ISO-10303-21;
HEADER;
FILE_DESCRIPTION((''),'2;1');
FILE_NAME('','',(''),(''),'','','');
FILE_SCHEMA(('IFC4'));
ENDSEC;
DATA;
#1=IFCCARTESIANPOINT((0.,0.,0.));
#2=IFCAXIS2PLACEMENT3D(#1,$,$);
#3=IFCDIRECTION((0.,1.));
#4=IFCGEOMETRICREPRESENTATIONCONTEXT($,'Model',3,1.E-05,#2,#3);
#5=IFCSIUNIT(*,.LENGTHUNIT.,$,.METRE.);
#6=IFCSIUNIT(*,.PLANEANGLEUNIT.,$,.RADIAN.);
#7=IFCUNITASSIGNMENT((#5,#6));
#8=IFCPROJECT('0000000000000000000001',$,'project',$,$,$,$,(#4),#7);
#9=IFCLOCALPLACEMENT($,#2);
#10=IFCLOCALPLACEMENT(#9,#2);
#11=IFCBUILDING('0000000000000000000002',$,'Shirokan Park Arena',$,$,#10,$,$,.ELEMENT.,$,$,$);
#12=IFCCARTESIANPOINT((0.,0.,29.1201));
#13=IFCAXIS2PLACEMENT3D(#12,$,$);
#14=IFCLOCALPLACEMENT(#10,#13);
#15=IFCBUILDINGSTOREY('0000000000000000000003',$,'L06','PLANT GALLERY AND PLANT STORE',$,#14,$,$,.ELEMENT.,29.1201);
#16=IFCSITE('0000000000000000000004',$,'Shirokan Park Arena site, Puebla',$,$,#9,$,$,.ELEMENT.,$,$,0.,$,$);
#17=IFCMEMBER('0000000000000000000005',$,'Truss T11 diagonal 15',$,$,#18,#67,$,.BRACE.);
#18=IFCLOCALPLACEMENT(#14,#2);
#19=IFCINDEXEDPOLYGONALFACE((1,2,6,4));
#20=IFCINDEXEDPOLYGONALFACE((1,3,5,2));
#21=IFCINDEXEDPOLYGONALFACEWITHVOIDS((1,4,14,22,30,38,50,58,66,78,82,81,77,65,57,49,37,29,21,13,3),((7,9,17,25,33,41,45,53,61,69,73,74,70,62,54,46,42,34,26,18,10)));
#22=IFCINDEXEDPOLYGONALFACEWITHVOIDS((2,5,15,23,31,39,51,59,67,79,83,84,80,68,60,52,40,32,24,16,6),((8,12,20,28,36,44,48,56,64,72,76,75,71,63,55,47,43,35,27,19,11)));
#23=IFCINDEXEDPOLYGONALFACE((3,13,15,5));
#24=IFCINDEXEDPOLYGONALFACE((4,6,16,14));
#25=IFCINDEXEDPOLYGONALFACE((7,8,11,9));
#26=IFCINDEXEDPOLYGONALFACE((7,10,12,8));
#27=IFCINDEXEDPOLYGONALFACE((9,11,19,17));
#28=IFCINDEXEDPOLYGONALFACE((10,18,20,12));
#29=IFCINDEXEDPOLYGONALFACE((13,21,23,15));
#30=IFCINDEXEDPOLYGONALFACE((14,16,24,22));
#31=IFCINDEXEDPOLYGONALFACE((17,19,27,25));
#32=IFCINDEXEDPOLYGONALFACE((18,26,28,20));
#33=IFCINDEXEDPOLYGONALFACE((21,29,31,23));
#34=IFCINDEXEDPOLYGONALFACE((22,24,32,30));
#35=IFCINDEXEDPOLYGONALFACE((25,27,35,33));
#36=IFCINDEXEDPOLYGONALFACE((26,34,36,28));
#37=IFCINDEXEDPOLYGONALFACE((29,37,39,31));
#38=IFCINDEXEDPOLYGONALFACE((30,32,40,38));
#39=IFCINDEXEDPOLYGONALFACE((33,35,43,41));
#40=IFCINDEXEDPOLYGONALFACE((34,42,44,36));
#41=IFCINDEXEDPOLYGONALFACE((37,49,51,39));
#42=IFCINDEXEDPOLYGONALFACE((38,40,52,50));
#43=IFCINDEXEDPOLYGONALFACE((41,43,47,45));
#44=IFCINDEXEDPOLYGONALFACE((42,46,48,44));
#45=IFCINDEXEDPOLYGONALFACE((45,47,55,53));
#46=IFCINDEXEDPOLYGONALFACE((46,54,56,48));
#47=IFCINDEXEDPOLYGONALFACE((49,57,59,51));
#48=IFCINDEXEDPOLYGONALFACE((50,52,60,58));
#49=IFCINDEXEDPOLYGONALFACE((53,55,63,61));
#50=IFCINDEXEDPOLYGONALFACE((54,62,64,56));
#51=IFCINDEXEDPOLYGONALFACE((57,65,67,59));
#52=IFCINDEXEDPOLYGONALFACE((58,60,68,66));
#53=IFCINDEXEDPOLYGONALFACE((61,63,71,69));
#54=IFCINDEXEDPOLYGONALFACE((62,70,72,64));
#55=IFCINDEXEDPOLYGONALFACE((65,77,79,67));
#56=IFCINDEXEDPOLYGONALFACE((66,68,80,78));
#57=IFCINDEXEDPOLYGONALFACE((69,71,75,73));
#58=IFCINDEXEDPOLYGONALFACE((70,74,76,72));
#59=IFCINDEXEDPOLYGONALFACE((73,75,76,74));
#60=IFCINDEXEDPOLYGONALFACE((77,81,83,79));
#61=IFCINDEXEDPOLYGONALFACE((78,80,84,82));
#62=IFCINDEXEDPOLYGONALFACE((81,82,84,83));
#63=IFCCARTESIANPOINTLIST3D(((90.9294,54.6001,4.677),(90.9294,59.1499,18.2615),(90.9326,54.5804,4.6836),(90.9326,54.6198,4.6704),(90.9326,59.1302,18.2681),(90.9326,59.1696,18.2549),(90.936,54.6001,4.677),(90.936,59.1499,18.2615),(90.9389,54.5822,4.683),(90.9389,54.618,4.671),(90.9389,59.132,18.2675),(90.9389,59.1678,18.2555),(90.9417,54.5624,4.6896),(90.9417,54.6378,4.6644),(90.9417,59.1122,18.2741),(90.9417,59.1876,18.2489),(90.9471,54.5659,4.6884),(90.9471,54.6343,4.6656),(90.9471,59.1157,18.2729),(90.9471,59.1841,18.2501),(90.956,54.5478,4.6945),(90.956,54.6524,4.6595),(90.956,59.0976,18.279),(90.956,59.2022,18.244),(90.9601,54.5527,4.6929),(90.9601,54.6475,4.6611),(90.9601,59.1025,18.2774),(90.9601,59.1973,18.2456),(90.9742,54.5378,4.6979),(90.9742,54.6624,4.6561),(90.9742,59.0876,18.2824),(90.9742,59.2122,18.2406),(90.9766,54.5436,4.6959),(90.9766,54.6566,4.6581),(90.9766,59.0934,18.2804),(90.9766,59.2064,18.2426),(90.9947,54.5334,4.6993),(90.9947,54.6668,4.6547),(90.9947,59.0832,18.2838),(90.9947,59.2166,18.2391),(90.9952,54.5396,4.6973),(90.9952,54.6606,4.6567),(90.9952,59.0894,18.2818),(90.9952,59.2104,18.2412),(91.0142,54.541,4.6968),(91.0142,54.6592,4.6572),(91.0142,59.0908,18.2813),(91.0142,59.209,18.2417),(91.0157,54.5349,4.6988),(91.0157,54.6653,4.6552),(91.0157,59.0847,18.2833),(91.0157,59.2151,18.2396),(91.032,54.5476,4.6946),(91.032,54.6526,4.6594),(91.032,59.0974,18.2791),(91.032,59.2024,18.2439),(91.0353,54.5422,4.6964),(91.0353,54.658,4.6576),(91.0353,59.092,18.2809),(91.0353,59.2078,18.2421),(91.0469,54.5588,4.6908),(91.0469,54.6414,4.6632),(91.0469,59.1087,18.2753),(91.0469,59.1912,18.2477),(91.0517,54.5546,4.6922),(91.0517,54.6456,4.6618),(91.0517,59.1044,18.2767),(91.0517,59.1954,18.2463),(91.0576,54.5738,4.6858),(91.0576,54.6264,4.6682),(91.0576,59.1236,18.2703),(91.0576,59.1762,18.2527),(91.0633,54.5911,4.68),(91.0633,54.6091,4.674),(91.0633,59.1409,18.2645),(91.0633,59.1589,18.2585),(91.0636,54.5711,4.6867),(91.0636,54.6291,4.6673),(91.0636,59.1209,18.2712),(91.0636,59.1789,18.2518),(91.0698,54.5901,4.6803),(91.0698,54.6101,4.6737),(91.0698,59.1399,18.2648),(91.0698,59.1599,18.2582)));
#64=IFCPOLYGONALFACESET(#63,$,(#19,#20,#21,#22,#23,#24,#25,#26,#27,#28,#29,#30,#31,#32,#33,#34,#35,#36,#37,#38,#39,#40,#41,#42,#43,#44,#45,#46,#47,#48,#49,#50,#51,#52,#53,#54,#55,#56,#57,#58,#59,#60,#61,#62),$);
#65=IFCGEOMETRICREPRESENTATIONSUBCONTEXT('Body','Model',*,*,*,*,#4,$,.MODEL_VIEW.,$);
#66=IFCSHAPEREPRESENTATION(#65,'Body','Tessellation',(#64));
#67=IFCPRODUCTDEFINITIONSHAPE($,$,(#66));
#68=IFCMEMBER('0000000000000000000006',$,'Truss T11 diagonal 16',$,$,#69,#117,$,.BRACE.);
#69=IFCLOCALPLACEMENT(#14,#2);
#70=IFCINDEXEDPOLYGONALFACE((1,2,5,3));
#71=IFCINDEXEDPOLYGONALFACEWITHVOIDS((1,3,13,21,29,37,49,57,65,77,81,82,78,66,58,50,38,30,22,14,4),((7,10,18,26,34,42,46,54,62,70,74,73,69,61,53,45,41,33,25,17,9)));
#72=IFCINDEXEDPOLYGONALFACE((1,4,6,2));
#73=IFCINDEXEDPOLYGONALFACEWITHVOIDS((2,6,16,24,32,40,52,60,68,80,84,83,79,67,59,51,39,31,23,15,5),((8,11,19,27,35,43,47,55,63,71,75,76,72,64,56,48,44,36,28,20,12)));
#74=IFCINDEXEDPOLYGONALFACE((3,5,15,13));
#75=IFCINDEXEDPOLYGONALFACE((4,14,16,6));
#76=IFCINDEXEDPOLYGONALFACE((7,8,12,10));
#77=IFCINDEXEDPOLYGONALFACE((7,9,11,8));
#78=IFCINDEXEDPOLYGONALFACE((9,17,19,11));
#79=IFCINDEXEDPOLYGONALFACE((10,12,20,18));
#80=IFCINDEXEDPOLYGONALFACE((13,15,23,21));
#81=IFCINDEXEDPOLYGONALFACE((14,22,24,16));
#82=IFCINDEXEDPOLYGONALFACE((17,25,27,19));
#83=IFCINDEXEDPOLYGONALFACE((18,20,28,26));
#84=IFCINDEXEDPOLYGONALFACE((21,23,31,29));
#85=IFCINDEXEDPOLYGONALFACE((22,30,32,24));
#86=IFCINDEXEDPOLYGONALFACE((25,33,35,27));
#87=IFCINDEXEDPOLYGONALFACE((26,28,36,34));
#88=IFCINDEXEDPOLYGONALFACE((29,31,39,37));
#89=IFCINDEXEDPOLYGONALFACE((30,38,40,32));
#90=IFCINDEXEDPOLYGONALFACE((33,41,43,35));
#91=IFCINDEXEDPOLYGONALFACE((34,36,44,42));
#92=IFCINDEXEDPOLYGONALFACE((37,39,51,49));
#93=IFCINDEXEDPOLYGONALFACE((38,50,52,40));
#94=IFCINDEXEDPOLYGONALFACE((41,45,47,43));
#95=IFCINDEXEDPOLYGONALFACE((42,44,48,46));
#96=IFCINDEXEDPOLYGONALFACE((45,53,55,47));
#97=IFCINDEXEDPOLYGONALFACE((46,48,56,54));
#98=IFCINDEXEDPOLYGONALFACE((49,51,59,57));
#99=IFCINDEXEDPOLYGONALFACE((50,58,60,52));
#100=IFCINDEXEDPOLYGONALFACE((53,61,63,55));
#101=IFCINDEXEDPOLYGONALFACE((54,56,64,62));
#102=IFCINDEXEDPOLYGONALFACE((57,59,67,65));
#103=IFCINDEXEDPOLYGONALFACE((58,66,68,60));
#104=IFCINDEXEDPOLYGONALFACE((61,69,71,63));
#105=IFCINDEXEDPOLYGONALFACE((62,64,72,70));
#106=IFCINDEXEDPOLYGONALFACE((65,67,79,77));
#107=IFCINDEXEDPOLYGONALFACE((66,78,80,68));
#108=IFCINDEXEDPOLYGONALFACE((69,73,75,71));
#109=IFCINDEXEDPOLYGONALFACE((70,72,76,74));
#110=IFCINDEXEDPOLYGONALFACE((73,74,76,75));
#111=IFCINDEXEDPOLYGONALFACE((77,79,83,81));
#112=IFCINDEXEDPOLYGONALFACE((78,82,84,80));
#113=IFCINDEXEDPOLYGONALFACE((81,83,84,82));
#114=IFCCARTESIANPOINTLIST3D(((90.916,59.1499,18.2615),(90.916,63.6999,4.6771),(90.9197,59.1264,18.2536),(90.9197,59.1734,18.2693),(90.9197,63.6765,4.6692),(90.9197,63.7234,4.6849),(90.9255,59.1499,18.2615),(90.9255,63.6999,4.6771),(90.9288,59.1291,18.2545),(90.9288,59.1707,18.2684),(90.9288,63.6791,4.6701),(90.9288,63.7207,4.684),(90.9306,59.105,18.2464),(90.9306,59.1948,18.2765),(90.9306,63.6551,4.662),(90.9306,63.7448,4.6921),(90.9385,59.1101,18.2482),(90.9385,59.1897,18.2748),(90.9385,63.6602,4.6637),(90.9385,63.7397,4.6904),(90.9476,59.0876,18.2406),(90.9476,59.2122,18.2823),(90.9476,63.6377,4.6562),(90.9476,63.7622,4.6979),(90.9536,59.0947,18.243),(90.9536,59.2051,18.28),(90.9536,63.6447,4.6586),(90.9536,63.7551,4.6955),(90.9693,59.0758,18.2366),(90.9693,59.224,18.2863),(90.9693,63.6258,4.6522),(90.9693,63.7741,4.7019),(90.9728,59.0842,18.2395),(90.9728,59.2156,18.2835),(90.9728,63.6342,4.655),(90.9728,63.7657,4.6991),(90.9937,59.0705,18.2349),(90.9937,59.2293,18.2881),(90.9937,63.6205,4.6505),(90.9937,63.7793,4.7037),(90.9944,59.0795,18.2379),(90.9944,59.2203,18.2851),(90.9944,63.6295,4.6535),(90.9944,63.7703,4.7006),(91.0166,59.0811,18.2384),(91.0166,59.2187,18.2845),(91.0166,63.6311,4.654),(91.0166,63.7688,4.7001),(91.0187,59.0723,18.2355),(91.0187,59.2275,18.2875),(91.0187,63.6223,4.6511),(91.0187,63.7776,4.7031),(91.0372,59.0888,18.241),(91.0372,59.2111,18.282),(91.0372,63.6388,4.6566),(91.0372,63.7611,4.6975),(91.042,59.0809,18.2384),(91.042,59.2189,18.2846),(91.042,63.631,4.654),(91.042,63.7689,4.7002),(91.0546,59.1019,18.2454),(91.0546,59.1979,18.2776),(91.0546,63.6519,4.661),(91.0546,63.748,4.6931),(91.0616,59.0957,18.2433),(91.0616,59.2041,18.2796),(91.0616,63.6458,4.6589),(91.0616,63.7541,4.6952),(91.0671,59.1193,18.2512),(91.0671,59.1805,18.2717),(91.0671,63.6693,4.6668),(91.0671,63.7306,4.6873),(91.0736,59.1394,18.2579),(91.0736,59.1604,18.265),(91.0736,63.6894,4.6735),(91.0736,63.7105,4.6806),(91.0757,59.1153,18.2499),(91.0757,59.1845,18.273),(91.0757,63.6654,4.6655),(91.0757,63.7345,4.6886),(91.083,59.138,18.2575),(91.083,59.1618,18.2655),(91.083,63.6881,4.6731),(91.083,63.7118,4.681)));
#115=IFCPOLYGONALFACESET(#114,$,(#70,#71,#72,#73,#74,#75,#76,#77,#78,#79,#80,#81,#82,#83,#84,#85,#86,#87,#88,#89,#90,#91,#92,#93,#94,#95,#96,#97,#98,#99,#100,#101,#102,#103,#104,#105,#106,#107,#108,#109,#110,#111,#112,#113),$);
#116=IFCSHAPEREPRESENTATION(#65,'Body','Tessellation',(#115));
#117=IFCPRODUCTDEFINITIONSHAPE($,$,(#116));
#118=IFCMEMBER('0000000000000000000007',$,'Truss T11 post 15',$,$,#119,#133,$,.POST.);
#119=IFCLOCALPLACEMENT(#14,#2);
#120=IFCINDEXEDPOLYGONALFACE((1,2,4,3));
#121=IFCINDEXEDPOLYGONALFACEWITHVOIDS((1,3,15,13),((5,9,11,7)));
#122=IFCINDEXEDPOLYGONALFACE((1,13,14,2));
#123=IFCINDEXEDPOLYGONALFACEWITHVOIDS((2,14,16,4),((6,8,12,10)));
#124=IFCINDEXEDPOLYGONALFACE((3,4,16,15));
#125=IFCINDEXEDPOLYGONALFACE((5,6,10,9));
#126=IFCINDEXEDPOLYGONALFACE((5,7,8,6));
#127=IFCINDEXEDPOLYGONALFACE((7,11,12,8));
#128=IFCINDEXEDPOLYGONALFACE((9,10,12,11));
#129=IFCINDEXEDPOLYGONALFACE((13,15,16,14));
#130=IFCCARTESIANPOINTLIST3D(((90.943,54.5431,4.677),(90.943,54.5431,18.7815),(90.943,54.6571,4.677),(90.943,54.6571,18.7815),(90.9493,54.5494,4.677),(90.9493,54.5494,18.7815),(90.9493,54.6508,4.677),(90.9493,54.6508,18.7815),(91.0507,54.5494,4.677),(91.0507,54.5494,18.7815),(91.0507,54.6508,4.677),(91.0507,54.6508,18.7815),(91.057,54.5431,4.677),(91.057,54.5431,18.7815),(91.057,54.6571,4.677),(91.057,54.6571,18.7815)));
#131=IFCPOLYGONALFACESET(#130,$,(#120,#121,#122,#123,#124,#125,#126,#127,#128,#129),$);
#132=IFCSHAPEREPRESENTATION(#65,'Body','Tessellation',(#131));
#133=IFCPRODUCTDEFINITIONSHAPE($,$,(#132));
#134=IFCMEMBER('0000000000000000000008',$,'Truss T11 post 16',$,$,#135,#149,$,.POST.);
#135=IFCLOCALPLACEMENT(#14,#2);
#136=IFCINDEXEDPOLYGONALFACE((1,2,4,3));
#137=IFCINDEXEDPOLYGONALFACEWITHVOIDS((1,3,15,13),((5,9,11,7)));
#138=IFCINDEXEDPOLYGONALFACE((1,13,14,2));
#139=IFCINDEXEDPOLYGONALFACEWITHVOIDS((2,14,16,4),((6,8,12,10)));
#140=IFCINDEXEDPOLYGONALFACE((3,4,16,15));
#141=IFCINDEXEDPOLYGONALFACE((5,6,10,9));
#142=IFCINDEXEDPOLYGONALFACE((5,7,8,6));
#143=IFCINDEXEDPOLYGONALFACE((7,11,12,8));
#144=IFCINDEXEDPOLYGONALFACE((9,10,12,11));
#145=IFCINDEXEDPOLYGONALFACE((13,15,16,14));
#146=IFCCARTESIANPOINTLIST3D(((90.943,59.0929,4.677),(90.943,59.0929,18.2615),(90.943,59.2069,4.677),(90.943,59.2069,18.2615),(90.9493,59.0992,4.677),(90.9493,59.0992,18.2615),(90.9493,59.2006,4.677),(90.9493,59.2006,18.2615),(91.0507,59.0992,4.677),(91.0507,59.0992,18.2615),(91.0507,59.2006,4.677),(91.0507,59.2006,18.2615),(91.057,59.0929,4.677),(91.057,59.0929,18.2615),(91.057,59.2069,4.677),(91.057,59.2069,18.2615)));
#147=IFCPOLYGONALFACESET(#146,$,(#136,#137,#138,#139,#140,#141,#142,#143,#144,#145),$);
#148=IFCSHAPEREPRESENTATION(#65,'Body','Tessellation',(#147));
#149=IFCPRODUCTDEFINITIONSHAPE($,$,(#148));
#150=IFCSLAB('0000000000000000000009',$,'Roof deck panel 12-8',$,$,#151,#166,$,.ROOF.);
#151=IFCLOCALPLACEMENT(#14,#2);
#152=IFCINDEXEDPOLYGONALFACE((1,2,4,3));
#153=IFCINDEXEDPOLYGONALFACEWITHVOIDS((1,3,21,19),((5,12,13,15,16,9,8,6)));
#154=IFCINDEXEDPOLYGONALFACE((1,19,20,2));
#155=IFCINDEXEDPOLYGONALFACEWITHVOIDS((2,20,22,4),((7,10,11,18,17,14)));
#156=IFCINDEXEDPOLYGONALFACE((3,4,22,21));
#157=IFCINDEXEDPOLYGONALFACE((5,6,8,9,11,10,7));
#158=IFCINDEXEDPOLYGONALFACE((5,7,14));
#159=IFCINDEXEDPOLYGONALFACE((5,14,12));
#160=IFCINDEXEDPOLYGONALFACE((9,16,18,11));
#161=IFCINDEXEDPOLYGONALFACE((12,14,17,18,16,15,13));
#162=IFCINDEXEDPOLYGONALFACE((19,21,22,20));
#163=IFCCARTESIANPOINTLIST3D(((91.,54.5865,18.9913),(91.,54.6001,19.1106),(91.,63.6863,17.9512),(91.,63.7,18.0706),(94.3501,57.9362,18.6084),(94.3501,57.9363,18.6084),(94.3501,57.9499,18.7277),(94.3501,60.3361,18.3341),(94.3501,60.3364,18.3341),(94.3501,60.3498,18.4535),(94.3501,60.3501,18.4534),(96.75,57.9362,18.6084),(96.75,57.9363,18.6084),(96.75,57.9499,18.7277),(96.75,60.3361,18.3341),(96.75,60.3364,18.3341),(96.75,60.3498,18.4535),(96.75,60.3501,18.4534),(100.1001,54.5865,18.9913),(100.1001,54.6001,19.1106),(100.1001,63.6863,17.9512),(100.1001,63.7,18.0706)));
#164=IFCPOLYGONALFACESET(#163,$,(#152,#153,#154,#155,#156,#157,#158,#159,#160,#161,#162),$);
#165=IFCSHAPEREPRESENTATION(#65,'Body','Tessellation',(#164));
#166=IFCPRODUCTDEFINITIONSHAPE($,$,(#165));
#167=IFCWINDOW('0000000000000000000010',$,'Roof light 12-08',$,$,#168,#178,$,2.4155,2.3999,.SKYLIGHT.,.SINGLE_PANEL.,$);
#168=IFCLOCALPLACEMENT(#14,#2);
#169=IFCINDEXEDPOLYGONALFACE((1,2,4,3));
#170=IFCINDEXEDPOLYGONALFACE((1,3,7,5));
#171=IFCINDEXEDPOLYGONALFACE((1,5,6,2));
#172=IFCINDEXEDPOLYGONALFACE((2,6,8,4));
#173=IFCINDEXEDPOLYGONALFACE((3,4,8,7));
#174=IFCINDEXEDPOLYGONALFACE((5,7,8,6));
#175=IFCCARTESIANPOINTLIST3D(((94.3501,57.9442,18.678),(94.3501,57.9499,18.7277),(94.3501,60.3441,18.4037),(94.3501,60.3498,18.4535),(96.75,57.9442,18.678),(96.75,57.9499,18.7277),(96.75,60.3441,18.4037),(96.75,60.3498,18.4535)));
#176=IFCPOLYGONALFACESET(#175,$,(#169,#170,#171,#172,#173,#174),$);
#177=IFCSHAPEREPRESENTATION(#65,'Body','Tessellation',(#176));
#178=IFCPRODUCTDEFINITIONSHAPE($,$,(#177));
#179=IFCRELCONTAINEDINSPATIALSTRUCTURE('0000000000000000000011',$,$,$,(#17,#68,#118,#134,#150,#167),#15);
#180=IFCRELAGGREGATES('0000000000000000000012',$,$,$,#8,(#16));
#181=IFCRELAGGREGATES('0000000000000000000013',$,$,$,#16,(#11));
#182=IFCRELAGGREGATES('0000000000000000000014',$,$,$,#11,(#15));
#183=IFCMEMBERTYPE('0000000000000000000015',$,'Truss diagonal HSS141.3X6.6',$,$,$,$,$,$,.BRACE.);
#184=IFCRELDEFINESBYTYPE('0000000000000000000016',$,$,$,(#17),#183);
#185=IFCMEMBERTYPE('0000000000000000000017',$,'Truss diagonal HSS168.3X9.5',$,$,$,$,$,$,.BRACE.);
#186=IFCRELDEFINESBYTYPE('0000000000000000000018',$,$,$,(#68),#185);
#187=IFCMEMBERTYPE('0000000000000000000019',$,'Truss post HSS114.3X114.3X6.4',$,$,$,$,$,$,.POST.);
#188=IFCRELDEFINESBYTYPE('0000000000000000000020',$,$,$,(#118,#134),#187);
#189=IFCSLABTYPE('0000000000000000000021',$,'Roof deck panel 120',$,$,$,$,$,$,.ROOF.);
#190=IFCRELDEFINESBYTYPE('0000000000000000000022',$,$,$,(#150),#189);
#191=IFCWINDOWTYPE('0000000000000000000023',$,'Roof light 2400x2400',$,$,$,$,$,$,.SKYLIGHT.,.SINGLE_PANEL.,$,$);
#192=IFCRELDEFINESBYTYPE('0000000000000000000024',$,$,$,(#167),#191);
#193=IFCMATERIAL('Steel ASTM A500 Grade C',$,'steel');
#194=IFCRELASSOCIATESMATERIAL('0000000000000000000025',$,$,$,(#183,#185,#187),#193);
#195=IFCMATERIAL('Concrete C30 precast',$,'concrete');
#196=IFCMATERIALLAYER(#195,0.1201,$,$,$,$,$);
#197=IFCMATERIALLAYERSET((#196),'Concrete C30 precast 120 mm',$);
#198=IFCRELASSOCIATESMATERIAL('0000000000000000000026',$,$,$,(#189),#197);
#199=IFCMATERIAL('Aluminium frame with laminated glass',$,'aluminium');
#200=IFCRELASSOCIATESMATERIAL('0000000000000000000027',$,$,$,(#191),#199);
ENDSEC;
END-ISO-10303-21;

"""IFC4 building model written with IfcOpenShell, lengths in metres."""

from ifc_helpers import new_model, si_unit, direction, frame, origin, origin_2d, place, context, subcontext, project, spatial, polyline, rectangle, hollow_rectangle, hollow_circle, outline, extrude, material, layer, layer_set, material_profile, profile_set, type_object, element, fill, save


model = new_model("IFC4")

# Units and contexts
model_context = context("Model", 3, precision=1e-05, world=origin(), true_north=direction((0.0, 1.0)))
body_context = subcontext(model_context, "Body", "Model", "MODEL_VIEW")
ifc_project = project(units=[si_unit("LENGTHUNIT", "METRE"), si_unit("PLANEANGLEUNIT", "RADIAN")], contexts=[model_context])

# Site, building, storey
site_placement = place(None, origin())
site = spatial("IfcSite", under=ifc_project, at=site_placement, Name="Shirokan Park Arena site, Puebla", CompositionType="ELEMENT", RefElevation=0.0)
building_placement = place(site_placement, origin())
building = spatial("IfcBuilding", under=site, at=building_placement, Name="Shirokan Park Arena", CompositionType="ELEMENT")
storey_placement = place(building_placement, frame((0.0, 0.0, 29.1201)))
storey = spatial("IfcBuildingStorey", under=building, at=storey_placement, Name="L06", Description="PLANT GALLERY AND PLANT STORE", CompositionType="ELEMENT", Elevation=29.1201)

# Members
ifc_material_1 = material(Name="Steel ASTM A500 Grade C", Category="steel")
ifc_material_profile_1 = material_profile(ifc_material_1, hollow_circle(Radius=0.0706, WallThickness=0.0066, at=origin_2d()), Name="HSS141.3X6.6")
ifc_profile_set_1 = profile_set([ifc_material_profile_1], Name="Steel ASTM A500 Grade C")
member_type_1 = type_object("IfcMemberType", Name="Truss diagonal HSS141.3X6.6", PredefinedType="BRACE", material=ifc_profile_set_1)
member_1_placement = place(storey_placement, frame((91.0, 54.6001, 4.677), z_axis=(0.0, 0.317587, 0.948229), x_axis=(-1.0, 0.0, 0.0)))
element("IfcMember", 1, at=member_1_placement, inside=storey, type_object=member_type_1, Name="Truss T11 diagonal 15", PredefinedType="BRACE", context=body_context, shape_type="SweptSolid", body=[
    extrude(hollow_circle(Radius=0.0706, WallThickness=0.0066, at=origin_2d()), origin(), (0.0, 0.0, 1.0), 14.3262),
])
ifc_material_profile_2 = material_profile(ifc_material_1, hollow_circle(Radius=0.084, WallThickness=0.0095, at=origin_2d()), Name="HSS168.3X9.5")
ifc_profile_set_2 = profile_set([ifc_material_profile_2], Name="Steel ASTM A500 Grade C")
member_type_2 = type_object("IfcMemberType", Name="Truss diagonal HSS168.3X9.5", PredefinedType="BRACE", material=ifc_profile_set_2)
member_2_placement = place(storey_placement, frame((91.0, 59.1499, 18.2615), z_axis=(0.0, 0.317603, -0.948224), x_axis=(-1.0, 0.0, 0.0)))
element("IfcMember", 2, at=member_2_placement, inside=storey, type_object=member_type_2, Name="Truss T11 diagonal 16", PredefinedType="BRACE", context=body_context, shape_type="SweptSolid", body=[
    extrude(hollow_circle(Radius=0.084, WallThickness=0.0095, at=origin_2d()), origin(), (0.0, 0.0, 1.0), 14.3262),
])
ifc_material_profile_3 = material_profile(ifc_material_1, hollow_rectangle(XDim=0.114, YDim=0.114, WallThickness=0.0063, at=origin_2d()), Name="HSS114.3X114.3X6.4")
ifc_profile_set_3 = profile_set([ifc_material_profile_3], Name="Steel ASTM A500 Grade C")
member_type_3 = type_object("IfcMemberType", Name="Truss post HSS114.3X114.3X6.4", PredefinedType="POST", material=ifc_profile_set_3)
member_3_placement = place(storey_placement, frame((91.0, 54.6001, 4.677), z_axis=(0.0, 0.0, 1.0), x_axis=(1.0, 0.0, 0.0)))
element("IfcMember", 3, at=member_3_placement, inside=storey, type_object=member_type_3, Name="Truss T11 post 15", PredefinedType="POST", context=body_context, shape_type="SweptSolid", body=[
    extrude(hollow_rectangle(XDim=0.114, YDim=0.114, WallThickness=0.0063, at=origin_2d()), origin(), (0.0, 0.0, 1.0), 14.1045),
])
member_4_placement = place(storey_placement, frame((91.0, 59.1499, 4.677), z_axis=(0.0, 0.0, 1.0), x_axis=(1.0, 0.0, 0.0)))
element("IfcMember", 4, at=member_4_placement, inside=storey, type_object=member_type_3, Name="Truss T11 post 16", PredefinedType="POST", context=body_context, shape_type="SweptSolid", body=[
    extrude(hollow_rectangle(XDim=0.114, YDim=0.114, WallThickness=0.0063, at=origin_2d()), origin(), (0.0, 0.0, 1.0), 13.5845),
])

# Slab, opening, window
ifc_material_2 = material(Name="Concrete C30 precast", Category="concrete")
ifc_layer_1 = layer(ifc_material_2, 0.1201)
ifc_layer_set_1 = layer_set([ifc_layer_1], Name="Concrete C30 precast 120 mm")
slab_type = type_object("IfcSlabType", Name="Roof deck panel 120", PredefinedType="ROOF", material=ifc_layer_set_1)
slab_placement = place(storey_placement, frame((91.0, 54.6001, 19.1106), z_axis=(0.0, 0.113553, 0.993532), x_axis=(1.0, 0.0, 0.0)))
slab = element("IfcSlab", 5, at=slab_placement, inside=storey, type_object=slab_type, Name="Roof deck panel 12-8", PredefinedType="ROOF", context=body_context, shape_type="SweptSolid", body=[
    extrude(outline(polyline([(0.0, 0.0), (9.1001, 0.0), (9.1001, 9.1591), (0.0, 9.1591), (0.0, 0.0)]), holes=[polyline([(3.3501, 3.3717), (5.75, 3.3717), (5.75, 5.7874), (3.3501, 5.7874), (3.3501, 3.3717)])]), origin(), (0.0, 0.0, -1.0), 0.1201),
])
opening_placement = place(slab_placement, frame((4.55, 4.5793, 0.01)))
opening = element("IfcOpeningElement", 6, at=opening_placement, cuts=slab, PredefinedType="OPENING", context=body_context, shape_type="SweptSolid", body=[
    extrude(rectangle(XDim=2.3999, YDim=2.4155, at=origin_2d()), origin(), (0.0, 0.0, -1.0), 0.1399),
])
ifc_material_3 = material(Name="Aluminium frame with laminated glass", Category="aluminium")
window_type = type_object("IfcWindowType", Name="Roof light 2400x2400", PartitioningType="SINGLE_PANEL", PredefinedType="SKYLIGHT", material=ifc_material_3)
window_placement = place(opening_placement, frame((0.0, 0.0, -0.0601)))
window = element("IfcWindow", 7, at=window_placement, inside=storey, type_object=window_type, Name="Roof light 12-08", OverallHeight=2.4155, OverallWidth=2.3999, PartitioningType="SINGLE_PANEL", PredefinedType="SKYLIGHT", context=body_context, shape_type="SweptSolid", body=[
    extrude(rectangle(XDim=2.3999, YDim=2.4155, at=origin_2d()), origin(), (0.0, 0.0, 1.0), 0.05),
])
fill(opening, window)

save(model, "model.ifc")
